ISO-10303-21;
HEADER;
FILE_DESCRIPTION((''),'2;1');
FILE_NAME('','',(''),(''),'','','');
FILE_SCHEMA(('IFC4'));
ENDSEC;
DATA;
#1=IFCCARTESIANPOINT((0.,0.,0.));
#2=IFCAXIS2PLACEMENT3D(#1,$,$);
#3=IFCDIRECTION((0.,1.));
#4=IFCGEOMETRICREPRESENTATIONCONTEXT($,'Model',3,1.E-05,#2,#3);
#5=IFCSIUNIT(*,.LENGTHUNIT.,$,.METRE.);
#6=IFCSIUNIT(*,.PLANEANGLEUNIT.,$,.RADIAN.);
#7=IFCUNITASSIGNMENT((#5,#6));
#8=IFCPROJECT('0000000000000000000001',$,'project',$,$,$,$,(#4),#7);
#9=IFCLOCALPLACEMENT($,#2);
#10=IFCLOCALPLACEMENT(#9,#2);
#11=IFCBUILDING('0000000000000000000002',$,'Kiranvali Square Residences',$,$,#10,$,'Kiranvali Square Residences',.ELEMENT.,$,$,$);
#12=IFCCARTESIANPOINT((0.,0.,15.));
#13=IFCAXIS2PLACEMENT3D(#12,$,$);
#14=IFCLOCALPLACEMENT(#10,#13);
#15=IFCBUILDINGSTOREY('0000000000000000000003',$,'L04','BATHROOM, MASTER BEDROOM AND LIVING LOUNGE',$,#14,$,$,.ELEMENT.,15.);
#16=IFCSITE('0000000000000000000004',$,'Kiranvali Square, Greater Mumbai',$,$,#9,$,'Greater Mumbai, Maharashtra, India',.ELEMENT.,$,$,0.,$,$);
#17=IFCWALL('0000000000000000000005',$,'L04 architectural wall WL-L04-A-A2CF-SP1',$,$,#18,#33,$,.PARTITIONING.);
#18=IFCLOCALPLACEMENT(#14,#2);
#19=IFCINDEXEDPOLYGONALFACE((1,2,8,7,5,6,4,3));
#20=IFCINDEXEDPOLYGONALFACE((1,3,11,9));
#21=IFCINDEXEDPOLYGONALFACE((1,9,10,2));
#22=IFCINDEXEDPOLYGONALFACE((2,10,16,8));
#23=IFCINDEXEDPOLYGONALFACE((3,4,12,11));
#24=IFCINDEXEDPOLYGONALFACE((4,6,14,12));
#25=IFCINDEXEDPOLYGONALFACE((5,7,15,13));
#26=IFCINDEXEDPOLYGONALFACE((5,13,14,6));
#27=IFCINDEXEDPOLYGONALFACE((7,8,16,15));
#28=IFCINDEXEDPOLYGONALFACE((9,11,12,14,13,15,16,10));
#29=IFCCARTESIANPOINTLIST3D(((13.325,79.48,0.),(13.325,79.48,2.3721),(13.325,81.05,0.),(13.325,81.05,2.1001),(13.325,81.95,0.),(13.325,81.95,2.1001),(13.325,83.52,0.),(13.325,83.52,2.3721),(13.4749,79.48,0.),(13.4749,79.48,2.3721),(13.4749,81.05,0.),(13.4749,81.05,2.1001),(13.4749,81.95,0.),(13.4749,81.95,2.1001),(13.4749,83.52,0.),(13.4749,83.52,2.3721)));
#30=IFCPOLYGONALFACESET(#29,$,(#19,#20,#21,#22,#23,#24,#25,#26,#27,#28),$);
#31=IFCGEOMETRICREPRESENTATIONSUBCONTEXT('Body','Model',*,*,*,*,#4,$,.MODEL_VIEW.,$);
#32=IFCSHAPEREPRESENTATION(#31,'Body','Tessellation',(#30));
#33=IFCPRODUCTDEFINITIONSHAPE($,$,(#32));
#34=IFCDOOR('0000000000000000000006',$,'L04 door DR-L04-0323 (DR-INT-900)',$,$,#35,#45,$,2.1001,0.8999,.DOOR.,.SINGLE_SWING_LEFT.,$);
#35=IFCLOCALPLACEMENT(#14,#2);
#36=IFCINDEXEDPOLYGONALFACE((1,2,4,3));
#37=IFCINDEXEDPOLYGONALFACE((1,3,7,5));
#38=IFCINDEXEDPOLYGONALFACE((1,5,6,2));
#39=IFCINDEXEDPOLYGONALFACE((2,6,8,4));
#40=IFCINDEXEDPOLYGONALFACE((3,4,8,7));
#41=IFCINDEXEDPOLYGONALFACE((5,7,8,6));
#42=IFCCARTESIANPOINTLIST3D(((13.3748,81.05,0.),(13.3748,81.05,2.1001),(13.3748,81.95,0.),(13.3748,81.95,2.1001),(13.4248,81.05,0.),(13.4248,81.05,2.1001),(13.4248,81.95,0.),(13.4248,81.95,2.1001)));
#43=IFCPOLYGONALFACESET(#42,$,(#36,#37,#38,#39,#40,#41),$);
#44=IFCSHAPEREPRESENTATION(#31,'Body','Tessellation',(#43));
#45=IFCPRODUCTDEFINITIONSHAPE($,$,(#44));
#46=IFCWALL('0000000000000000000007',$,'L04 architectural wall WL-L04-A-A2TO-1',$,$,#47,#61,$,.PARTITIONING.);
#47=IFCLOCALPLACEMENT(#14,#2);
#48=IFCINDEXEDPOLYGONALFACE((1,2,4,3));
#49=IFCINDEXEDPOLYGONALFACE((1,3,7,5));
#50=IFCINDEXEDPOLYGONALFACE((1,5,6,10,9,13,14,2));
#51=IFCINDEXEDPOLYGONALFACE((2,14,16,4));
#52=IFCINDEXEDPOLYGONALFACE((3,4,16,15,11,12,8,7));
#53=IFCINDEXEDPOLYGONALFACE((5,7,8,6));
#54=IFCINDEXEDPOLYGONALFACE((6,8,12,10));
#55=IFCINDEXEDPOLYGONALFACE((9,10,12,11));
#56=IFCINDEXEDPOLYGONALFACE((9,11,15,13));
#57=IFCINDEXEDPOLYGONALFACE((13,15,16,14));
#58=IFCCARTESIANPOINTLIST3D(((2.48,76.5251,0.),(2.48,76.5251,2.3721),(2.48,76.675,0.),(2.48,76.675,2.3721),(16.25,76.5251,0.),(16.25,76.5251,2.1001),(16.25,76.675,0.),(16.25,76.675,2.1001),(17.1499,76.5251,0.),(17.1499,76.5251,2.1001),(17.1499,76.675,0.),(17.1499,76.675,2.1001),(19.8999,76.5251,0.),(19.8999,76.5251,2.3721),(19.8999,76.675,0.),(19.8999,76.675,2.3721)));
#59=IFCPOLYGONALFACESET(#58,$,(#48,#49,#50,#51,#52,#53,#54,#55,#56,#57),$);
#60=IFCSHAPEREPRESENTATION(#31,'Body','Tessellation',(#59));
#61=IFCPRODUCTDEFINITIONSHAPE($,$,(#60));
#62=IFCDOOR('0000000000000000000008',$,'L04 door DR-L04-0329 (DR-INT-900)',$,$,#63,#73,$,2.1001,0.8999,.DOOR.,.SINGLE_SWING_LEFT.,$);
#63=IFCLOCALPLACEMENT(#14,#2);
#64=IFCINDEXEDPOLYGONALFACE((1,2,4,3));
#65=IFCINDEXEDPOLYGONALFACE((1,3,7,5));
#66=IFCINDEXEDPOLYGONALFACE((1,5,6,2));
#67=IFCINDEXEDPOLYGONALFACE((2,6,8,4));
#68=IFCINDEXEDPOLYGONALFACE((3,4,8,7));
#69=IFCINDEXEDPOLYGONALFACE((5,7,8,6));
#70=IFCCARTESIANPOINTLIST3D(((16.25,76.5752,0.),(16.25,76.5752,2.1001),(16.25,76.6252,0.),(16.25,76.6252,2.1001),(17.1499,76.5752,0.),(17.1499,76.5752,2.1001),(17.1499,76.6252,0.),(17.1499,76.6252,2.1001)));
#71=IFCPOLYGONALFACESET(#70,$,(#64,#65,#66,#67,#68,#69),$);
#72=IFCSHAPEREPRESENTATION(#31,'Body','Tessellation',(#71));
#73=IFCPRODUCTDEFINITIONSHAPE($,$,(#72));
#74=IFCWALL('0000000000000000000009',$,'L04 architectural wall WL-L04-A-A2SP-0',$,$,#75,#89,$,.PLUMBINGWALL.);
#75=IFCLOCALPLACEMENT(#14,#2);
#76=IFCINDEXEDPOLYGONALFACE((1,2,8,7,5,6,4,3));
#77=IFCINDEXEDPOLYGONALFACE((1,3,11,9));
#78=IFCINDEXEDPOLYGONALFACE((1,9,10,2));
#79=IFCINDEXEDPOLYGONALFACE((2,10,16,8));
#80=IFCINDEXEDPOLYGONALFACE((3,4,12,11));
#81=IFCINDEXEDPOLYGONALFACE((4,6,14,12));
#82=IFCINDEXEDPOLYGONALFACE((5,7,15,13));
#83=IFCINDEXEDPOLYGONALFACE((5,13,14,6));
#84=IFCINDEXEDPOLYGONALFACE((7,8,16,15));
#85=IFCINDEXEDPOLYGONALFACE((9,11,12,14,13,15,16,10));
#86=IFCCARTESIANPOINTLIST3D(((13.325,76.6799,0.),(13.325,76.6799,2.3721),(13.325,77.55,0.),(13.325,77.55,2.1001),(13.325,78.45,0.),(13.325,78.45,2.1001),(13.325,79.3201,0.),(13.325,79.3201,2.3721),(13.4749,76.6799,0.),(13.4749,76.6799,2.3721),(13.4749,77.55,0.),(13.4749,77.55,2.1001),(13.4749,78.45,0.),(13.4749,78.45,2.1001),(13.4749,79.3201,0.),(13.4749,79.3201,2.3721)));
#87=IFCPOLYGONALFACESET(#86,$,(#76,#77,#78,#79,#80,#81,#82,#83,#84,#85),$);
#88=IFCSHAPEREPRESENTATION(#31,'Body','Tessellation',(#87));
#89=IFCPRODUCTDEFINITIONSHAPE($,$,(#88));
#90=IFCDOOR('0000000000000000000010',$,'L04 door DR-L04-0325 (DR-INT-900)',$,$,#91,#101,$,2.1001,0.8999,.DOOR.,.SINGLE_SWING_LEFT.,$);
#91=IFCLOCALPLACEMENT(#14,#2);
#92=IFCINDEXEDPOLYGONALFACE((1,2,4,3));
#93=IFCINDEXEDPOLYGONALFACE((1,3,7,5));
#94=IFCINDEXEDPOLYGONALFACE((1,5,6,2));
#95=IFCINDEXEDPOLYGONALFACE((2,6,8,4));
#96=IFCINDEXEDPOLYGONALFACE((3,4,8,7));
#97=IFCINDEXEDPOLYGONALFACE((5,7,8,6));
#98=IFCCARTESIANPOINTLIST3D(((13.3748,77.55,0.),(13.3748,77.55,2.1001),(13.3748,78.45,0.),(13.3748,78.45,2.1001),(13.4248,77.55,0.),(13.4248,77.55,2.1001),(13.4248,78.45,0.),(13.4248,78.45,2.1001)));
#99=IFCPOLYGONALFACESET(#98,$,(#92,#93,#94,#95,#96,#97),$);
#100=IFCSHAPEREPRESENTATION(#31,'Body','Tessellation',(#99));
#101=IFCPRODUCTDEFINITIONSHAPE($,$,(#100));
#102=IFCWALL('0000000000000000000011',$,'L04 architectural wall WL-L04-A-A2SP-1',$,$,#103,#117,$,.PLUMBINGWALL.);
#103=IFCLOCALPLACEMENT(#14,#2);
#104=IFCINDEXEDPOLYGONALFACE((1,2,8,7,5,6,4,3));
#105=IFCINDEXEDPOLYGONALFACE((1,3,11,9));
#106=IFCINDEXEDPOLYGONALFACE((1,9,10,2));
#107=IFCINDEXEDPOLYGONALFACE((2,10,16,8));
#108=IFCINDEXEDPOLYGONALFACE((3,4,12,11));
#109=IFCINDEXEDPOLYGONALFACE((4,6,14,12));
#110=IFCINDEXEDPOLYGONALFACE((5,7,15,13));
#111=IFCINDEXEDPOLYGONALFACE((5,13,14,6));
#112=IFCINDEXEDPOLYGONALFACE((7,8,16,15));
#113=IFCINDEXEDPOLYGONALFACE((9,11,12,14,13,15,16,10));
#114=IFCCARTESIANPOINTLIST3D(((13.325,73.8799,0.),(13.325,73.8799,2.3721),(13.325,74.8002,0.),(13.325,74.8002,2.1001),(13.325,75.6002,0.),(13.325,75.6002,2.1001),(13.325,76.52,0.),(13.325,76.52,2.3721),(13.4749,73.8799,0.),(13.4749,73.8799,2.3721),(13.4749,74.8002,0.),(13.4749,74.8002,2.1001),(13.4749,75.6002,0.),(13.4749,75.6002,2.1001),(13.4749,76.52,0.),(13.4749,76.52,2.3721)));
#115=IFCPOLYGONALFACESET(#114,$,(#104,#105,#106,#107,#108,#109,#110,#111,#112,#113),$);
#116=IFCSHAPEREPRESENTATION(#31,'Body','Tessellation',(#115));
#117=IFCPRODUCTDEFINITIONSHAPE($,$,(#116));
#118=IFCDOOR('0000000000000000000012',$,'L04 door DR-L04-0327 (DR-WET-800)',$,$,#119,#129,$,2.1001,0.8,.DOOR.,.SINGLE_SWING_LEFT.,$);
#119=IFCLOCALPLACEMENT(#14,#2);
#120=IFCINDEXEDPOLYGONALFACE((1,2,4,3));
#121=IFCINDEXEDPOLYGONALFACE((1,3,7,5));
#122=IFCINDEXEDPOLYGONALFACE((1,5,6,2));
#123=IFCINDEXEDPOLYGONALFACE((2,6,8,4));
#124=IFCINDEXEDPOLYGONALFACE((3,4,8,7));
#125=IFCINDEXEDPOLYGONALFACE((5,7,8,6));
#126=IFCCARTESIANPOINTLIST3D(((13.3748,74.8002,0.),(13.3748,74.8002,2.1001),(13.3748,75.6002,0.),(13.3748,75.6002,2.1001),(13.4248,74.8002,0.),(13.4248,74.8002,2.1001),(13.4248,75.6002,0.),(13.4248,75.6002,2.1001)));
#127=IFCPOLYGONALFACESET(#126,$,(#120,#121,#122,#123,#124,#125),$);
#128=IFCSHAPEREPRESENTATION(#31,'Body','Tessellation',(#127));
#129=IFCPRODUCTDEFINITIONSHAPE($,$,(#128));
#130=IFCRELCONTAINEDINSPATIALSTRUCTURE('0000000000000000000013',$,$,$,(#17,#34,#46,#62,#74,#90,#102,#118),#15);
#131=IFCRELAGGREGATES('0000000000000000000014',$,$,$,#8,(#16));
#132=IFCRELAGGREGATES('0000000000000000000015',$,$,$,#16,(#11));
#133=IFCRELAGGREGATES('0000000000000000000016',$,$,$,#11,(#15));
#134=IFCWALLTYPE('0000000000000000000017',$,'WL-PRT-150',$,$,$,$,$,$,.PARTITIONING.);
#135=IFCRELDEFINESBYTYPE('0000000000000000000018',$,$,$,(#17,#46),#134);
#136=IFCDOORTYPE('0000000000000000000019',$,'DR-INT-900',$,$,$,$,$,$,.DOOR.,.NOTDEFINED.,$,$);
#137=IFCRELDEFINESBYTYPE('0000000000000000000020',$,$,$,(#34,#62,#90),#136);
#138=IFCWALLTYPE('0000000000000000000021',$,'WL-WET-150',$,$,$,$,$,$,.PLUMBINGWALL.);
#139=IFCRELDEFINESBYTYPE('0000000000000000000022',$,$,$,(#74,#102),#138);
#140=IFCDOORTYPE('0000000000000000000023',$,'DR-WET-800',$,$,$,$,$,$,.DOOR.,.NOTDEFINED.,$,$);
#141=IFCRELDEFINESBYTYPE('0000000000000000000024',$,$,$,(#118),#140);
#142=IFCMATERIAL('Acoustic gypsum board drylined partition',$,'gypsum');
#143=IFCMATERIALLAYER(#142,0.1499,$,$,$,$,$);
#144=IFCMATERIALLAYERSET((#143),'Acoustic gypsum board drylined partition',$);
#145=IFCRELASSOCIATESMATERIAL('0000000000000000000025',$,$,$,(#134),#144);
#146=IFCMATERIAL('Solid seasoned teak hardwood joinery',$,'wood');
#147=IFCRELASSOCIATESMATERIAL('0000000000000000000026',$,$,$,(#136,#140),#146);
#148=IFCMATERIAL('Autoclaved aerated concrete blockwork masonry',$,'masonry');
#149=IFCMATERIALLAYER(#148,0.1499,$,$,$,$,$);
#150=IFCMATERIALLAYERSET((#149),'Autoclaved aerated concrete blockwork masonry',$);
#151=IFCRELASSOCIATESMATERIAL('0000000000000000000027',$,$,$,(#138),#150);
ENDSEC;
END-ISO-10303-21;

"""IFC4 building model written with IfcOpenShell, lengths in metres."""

from ifc_helpers import new_model, si_unit, direction, frame, frame_2d, origin, place, context, subcontext, project, spatial, rectangle, extrude, material, layer, layer_set, type_object, element, fill, save


model = new_model("IFC4")

# Units and contexts
model_context = context("Model", 3, precision=1e-05, world=origin(), true_north=direction((0.0, 1.0)))
body_context = subcontext(model_context, "Body", "Model", "MODEL_VIEW")
ifc_project = project(units=[si_unit("LENGTHUNIT", "METRE"), si_unit("PLANEANGLEUNIT", "RADIAN")], contexts=[model_context])

# Site, building, storey
site_placement = place(None, origin())
site = spatial("IfcSite", under=ifc_project, at=site_placement, Name="Kiranvali Square, Greater Mumbai", LongName="Greater Mumbai, Maharashtra, India", CompositionType="ELEMENT", RefElevation=0.0)
building_placement = place(site_placement, origin())
building = spatial("IfcBuilding", under=site, at=building_placement, Name="Kiranvali Square Residences", LongName="Kiranvali Square Residences", CompositionType="ELEMENT")
storey_placement = place(building_placement, frame((0.0, 0.0, 15.0)))
storey = spatial("IfcBuildingStorey", under=building, at=storey_placement, Name="L04", Description="BATHROOM, MASTER BEDROOM AND LIVING LOUNGE", CompositionType="ELEMENT", Elevation=15.0)

# Walls, openings, doors
ifc_material_1 = material(Name="Acoustic gypsum board drylined partition", Category="gypsum")
ifc_layer_1 = layer(ifc_material_1, 0.1499)
ifc_layer_set_1 = layer_set([ifc_layer_1], Name="Acoustic gypsum board drylined partition")
wall_type_1 = type_object("IfcWallType", Name="WL-PRT-150", PredefinedType="PARTITIONING", material=ifc_layer_set_1)
wall_1_placement = place(storey_placement, frame((13.3999, 83.52, 0.0), z_axis=(0.0, 0.0, 1.0), x_axis=(0.0, -1.0, 0.0)))
wall_1 = element("IfcWall", 1, at=wall_1_placement, inside=storey, type_object=wall_type_1, Name="L04 architectural wall WL-L04-A-A2CF-SP1", PredefinedType="PARTITIONING", context=body_context, shape_type="SweptSolid", body=[
    extrude(rectangle(XDim=4.04, YDim=0.1499, at=frame_2d((2.02, 0.0))), origin(), (0.0, 0.0, 1.0), 2.3721),
])
opening_1_placement = place(wall_1_placement, frame((1.5701, 0.0, 0.0)))
opening_1 = element("IfcOpeningElement", 2, at=opening_1_placement, cuts=wall_1, PredefinedType="OPENING", context=body_context, shape_type="SweptSolid", body=[
    extrude(rectangle(XDim=0.8999, YDim=2.1001, at=frame_2d((0.45, 1.05))), frame((0.0, 0.085, 0.0), z_axis=(0.0, -1.0, 0.0), x_axis=(1.0, 0.0, 0.0)), (0.0, 0.0, 1.0), 0.1699),
])
ifc_material_2 = material(Name="Solid seasoned teak hardwood joinery", Category="wood")
door_type_1 = type_object("IfcDoorType", Name="DR-INT-900", OperationType="NOTDEFINED", PredefinedType="DOOR", material=ifc_material_2)
door_1_placement = place(opening_1_placement, origin())
door_1 = element("IfcDoor", 3, at=door_1_placement, inside=storey, type_object=door_type_1, Name="L04 door DR-L04-0323 (DR-INT-900)", OperationType="SINGLE_SWING_LEFT", OverallHeight=2.1001, OverallWidth=0.8999, PredefinedType="DOOR", context=body_context, shape_type="SweptSolid", body=[
    extrude(rectangle(XDim=0.8999, YDim=2.1001, at=frame_2d((0.45, 1.05))), frame((0.0, 0.0249, 0.0), z_axis=(0.0, -1.0, 0.0), x_axis=(1.0, 0.0, 0.0)), (0.0, 0.0, 1.0), 0.05),
])
fill(opening_1, door_1)
wall_2_placement = place(storey_placement, frame((19.8999, 76.6001, 0.0), z_axis=(0.0, 0.0, 1.0), x_axis=(-1.0, 0.0, 0.0)))
wall_2 = element("IfcWall", 4, at=wall_2_placement, inside=storey, type_object=wall_type_1, Name="L04 architectural wall WL-L04-A-A2TO-1", PredefinedType="PARTITIONING", context=body_context, shape_type="SweptSolid", body=[
    extrude(rectangle(XDim=17.4199, YDim=0.1499, at=frame_2d((8.71, 0.0))), origin(), (0.0, 0.0, 1.0), 2.3721),
])
opening_2_placement = place(wall_2_placement, frame((2.75, 0.0, 0.0)))
opening_2 = element("IfcOpeningElement", 5, at=opening_2_placement, cuts=wall_2, PredefinedType="OPENING", context=body_context, shape_type="SweptSolid", body=[
    extrude(rectangle(XDim=0.8999, YDim=2.1001, at=frame_2d((0.45, 1.05))), frame((0.0, 0.085, 0.0), z_axis=(0.0, -1.0, 0.0), x_axis=(1.0, 0.0, 0.0)), (0.0, 0.0, 1.0), 0.1699),
])
door_2_placement = place(opening_2_placement, origin())
door_2 = element("IfcDoor", 6, at=door_2_placement, inside=storey, type_object=door_type_1, Name="L04 door DR-L04-0329 (DR-INT-900)", OperationType="SINGLE_SWING_LEFT", OverallHeight=2.1001, OverallWidth=0.8999, PredefinedType="DOOR", context=body_context, shape_type="SweptSolid", body=[
    extrude(rectangle(XDim=0.8999, YDim=2.1001, at=frame_2d((0.45, 1.05))), frame((0.0, 0.0249, 0.0), z_axis=(0.0, -1.0, 0.0), x_axis=(1.0, 0.0, 0.0)), (0.0, 0.0, 1.0), 0.05),
])
fill(opening_2, door_2)
ifc_material_3 = material(Name="Autoclaved aerated concrete blockwork masonry", Category="masonry")
ifc_layer_2 = layer(ifc_material_3, 0.1499)
ifc_layer_set_2 = layer_set([ifc_layer_2], Name="Autoclaved aerated concrete blockwork masonry")
wall_type_2 = type_object("IfcWallType", Name="WL-WET-150", PredefinedType="PLUMBINGWALL", material=ifc_layer_set_2)
wall_3_placement = place(storey_placement, frame((13.3999, 79.3201, 0.0), z_axis=(0.0, 0.0, 1.0), x_axis=(0.0, -1.0, 0.0)))
wall_3 = element("IfcWall", 7, at=wall_3_placement, inside=storey, type_object=wall_type_2, Name="L04 architectural wall WL-L04-A-A2SP-0", PredefinedType="PLUMBINGWALL", context=body_context, shape_type="SweptSolid", body=[
    extrude(rectangle(XDim=2.6401, YDim=0.1499, at=frame_2d((1.3201, 0.0))), origin(), (0.0, 0.0, 1.0), 2.3721),
])
opening_3_placement = place(wall_3_placement, frame((0.8701, 0.0, 0.0)))
opening_3 = element("IfcOpeningElement", 8, at=opening_3_placement, cuts=wall_3, PredefinedType="OPENING", context=body_context, shape_type="SweptSolid", body=[
    extrude(rectangle(XDim=0.8999, YDim=2.1001, at=frame_2d((0.45, 1.05))), frame((0.0, 0.085, 0.0), z_axis=(0.0, -1.0, 0.0), x_axis=(1.0, 0.0, 0.0)), (0.0, 0.0, 1.0), 0.1699),
])
door_3_placement = place(opening_3_placement, origin())
door_3 = element("IfcDoor", 9, at=door_3_placement, inside=storey, type_object=door_type_1, Name="L04 door DR-L04-0325 (DR-INT-900)", OperationType="SINGLE_SWING_LEFT", OverallHeight=2.1001, OverallWidth=0.8999, PredefinedType="DOOR", context=body_context, shape_type="SweptSolid", body=[
    extrude(rectangle(XDim=0.8999, YDim=2.1001, at=frame_2d((0.45, 1.05))), frame((0.0, 0.0249, 0.0), z_axis=(0.0, -1.0, 0.0), x_axis=(1.0, 0.0, 0.0)), (0.0, 0.0, 1.0), 0.05),
])
fill(opening_3, door_3)
wall_4_placement = place(storey_placement, frame((13.3999, 76.52, 0.0), z_axis=(0.0, 0.0, 1.0), x_axis=(0.0, -1.0, 0.0)))
wall_4 = element("IfcWall", 10, at=wall_4_placement, inside=storey, type_object=wall_type_2, Name="L04 architectural wall WL-L04-A-A2SP-1", PredefinedType="PLUMBINGWALL", context=body_context, shape_type="SweptSolid", body=[
    extrude(rectangle(XDim=2.6401, YDim=0.1499, at=frame_2d((1.3201, 0.0))), origin(), (0.0, 0.0, 1.0), 2.3721),
])
opening_4_placement = place(wall_4_placement, frame((0.9199, 0.0, 0.0)))
opening_4 = element("IfcOpeningElement", 11, at=opening_4_placement, cuts=wall_4, PredefinedType="OPENING", context=body_context, shape_type="SweptSolid", body=[
    extrude(rectangle(XDim=0.8, YDim=2.1001, at=frame_2d((0.3999, 1.05))), frame((0.0, 0.085, 0.0), z_axis=(0.0, -1.0, 0.0), x_axis=(1.0, 0.0, 0.0)), (0.0, 0.0, 1.0), 0.1699),
])
door_type_2 = type_object("IfcDoorType", Name="DR-WET-800", OperationType="NOTDEFINED", PredefinedType="DOOR", material=ifc_material_2)
door_4_placement = place(opening_4_placement, origin())
door_4 = element("IfcDoor", 12, at=door_4_placement, inside=storey, type_object=door_type_2, Name="L04 door DR-L04-0327 (DR-WET-800)", OperationType="SINGLE_SWING_LEFT", OverallHeight=2.1001, OverallWidth=0.8, PredefinedType="DOOR", context=body_context, shape_type="SweptSolid", body=[
    extrude(rectangle(XDim=0.8, YDim=2.1001, at=frame_2d((0.3999, 1.05))), frame((0.0, 0.0249, 0.0), z_axis=(0.0, -1.0, 0.0), x_axis=(1.0, 0.0, 0.0)), (0.0, 0.0, 1.0), 0.05),
])
fill(opening_4, door_4)

save(model, "model.ifc")
